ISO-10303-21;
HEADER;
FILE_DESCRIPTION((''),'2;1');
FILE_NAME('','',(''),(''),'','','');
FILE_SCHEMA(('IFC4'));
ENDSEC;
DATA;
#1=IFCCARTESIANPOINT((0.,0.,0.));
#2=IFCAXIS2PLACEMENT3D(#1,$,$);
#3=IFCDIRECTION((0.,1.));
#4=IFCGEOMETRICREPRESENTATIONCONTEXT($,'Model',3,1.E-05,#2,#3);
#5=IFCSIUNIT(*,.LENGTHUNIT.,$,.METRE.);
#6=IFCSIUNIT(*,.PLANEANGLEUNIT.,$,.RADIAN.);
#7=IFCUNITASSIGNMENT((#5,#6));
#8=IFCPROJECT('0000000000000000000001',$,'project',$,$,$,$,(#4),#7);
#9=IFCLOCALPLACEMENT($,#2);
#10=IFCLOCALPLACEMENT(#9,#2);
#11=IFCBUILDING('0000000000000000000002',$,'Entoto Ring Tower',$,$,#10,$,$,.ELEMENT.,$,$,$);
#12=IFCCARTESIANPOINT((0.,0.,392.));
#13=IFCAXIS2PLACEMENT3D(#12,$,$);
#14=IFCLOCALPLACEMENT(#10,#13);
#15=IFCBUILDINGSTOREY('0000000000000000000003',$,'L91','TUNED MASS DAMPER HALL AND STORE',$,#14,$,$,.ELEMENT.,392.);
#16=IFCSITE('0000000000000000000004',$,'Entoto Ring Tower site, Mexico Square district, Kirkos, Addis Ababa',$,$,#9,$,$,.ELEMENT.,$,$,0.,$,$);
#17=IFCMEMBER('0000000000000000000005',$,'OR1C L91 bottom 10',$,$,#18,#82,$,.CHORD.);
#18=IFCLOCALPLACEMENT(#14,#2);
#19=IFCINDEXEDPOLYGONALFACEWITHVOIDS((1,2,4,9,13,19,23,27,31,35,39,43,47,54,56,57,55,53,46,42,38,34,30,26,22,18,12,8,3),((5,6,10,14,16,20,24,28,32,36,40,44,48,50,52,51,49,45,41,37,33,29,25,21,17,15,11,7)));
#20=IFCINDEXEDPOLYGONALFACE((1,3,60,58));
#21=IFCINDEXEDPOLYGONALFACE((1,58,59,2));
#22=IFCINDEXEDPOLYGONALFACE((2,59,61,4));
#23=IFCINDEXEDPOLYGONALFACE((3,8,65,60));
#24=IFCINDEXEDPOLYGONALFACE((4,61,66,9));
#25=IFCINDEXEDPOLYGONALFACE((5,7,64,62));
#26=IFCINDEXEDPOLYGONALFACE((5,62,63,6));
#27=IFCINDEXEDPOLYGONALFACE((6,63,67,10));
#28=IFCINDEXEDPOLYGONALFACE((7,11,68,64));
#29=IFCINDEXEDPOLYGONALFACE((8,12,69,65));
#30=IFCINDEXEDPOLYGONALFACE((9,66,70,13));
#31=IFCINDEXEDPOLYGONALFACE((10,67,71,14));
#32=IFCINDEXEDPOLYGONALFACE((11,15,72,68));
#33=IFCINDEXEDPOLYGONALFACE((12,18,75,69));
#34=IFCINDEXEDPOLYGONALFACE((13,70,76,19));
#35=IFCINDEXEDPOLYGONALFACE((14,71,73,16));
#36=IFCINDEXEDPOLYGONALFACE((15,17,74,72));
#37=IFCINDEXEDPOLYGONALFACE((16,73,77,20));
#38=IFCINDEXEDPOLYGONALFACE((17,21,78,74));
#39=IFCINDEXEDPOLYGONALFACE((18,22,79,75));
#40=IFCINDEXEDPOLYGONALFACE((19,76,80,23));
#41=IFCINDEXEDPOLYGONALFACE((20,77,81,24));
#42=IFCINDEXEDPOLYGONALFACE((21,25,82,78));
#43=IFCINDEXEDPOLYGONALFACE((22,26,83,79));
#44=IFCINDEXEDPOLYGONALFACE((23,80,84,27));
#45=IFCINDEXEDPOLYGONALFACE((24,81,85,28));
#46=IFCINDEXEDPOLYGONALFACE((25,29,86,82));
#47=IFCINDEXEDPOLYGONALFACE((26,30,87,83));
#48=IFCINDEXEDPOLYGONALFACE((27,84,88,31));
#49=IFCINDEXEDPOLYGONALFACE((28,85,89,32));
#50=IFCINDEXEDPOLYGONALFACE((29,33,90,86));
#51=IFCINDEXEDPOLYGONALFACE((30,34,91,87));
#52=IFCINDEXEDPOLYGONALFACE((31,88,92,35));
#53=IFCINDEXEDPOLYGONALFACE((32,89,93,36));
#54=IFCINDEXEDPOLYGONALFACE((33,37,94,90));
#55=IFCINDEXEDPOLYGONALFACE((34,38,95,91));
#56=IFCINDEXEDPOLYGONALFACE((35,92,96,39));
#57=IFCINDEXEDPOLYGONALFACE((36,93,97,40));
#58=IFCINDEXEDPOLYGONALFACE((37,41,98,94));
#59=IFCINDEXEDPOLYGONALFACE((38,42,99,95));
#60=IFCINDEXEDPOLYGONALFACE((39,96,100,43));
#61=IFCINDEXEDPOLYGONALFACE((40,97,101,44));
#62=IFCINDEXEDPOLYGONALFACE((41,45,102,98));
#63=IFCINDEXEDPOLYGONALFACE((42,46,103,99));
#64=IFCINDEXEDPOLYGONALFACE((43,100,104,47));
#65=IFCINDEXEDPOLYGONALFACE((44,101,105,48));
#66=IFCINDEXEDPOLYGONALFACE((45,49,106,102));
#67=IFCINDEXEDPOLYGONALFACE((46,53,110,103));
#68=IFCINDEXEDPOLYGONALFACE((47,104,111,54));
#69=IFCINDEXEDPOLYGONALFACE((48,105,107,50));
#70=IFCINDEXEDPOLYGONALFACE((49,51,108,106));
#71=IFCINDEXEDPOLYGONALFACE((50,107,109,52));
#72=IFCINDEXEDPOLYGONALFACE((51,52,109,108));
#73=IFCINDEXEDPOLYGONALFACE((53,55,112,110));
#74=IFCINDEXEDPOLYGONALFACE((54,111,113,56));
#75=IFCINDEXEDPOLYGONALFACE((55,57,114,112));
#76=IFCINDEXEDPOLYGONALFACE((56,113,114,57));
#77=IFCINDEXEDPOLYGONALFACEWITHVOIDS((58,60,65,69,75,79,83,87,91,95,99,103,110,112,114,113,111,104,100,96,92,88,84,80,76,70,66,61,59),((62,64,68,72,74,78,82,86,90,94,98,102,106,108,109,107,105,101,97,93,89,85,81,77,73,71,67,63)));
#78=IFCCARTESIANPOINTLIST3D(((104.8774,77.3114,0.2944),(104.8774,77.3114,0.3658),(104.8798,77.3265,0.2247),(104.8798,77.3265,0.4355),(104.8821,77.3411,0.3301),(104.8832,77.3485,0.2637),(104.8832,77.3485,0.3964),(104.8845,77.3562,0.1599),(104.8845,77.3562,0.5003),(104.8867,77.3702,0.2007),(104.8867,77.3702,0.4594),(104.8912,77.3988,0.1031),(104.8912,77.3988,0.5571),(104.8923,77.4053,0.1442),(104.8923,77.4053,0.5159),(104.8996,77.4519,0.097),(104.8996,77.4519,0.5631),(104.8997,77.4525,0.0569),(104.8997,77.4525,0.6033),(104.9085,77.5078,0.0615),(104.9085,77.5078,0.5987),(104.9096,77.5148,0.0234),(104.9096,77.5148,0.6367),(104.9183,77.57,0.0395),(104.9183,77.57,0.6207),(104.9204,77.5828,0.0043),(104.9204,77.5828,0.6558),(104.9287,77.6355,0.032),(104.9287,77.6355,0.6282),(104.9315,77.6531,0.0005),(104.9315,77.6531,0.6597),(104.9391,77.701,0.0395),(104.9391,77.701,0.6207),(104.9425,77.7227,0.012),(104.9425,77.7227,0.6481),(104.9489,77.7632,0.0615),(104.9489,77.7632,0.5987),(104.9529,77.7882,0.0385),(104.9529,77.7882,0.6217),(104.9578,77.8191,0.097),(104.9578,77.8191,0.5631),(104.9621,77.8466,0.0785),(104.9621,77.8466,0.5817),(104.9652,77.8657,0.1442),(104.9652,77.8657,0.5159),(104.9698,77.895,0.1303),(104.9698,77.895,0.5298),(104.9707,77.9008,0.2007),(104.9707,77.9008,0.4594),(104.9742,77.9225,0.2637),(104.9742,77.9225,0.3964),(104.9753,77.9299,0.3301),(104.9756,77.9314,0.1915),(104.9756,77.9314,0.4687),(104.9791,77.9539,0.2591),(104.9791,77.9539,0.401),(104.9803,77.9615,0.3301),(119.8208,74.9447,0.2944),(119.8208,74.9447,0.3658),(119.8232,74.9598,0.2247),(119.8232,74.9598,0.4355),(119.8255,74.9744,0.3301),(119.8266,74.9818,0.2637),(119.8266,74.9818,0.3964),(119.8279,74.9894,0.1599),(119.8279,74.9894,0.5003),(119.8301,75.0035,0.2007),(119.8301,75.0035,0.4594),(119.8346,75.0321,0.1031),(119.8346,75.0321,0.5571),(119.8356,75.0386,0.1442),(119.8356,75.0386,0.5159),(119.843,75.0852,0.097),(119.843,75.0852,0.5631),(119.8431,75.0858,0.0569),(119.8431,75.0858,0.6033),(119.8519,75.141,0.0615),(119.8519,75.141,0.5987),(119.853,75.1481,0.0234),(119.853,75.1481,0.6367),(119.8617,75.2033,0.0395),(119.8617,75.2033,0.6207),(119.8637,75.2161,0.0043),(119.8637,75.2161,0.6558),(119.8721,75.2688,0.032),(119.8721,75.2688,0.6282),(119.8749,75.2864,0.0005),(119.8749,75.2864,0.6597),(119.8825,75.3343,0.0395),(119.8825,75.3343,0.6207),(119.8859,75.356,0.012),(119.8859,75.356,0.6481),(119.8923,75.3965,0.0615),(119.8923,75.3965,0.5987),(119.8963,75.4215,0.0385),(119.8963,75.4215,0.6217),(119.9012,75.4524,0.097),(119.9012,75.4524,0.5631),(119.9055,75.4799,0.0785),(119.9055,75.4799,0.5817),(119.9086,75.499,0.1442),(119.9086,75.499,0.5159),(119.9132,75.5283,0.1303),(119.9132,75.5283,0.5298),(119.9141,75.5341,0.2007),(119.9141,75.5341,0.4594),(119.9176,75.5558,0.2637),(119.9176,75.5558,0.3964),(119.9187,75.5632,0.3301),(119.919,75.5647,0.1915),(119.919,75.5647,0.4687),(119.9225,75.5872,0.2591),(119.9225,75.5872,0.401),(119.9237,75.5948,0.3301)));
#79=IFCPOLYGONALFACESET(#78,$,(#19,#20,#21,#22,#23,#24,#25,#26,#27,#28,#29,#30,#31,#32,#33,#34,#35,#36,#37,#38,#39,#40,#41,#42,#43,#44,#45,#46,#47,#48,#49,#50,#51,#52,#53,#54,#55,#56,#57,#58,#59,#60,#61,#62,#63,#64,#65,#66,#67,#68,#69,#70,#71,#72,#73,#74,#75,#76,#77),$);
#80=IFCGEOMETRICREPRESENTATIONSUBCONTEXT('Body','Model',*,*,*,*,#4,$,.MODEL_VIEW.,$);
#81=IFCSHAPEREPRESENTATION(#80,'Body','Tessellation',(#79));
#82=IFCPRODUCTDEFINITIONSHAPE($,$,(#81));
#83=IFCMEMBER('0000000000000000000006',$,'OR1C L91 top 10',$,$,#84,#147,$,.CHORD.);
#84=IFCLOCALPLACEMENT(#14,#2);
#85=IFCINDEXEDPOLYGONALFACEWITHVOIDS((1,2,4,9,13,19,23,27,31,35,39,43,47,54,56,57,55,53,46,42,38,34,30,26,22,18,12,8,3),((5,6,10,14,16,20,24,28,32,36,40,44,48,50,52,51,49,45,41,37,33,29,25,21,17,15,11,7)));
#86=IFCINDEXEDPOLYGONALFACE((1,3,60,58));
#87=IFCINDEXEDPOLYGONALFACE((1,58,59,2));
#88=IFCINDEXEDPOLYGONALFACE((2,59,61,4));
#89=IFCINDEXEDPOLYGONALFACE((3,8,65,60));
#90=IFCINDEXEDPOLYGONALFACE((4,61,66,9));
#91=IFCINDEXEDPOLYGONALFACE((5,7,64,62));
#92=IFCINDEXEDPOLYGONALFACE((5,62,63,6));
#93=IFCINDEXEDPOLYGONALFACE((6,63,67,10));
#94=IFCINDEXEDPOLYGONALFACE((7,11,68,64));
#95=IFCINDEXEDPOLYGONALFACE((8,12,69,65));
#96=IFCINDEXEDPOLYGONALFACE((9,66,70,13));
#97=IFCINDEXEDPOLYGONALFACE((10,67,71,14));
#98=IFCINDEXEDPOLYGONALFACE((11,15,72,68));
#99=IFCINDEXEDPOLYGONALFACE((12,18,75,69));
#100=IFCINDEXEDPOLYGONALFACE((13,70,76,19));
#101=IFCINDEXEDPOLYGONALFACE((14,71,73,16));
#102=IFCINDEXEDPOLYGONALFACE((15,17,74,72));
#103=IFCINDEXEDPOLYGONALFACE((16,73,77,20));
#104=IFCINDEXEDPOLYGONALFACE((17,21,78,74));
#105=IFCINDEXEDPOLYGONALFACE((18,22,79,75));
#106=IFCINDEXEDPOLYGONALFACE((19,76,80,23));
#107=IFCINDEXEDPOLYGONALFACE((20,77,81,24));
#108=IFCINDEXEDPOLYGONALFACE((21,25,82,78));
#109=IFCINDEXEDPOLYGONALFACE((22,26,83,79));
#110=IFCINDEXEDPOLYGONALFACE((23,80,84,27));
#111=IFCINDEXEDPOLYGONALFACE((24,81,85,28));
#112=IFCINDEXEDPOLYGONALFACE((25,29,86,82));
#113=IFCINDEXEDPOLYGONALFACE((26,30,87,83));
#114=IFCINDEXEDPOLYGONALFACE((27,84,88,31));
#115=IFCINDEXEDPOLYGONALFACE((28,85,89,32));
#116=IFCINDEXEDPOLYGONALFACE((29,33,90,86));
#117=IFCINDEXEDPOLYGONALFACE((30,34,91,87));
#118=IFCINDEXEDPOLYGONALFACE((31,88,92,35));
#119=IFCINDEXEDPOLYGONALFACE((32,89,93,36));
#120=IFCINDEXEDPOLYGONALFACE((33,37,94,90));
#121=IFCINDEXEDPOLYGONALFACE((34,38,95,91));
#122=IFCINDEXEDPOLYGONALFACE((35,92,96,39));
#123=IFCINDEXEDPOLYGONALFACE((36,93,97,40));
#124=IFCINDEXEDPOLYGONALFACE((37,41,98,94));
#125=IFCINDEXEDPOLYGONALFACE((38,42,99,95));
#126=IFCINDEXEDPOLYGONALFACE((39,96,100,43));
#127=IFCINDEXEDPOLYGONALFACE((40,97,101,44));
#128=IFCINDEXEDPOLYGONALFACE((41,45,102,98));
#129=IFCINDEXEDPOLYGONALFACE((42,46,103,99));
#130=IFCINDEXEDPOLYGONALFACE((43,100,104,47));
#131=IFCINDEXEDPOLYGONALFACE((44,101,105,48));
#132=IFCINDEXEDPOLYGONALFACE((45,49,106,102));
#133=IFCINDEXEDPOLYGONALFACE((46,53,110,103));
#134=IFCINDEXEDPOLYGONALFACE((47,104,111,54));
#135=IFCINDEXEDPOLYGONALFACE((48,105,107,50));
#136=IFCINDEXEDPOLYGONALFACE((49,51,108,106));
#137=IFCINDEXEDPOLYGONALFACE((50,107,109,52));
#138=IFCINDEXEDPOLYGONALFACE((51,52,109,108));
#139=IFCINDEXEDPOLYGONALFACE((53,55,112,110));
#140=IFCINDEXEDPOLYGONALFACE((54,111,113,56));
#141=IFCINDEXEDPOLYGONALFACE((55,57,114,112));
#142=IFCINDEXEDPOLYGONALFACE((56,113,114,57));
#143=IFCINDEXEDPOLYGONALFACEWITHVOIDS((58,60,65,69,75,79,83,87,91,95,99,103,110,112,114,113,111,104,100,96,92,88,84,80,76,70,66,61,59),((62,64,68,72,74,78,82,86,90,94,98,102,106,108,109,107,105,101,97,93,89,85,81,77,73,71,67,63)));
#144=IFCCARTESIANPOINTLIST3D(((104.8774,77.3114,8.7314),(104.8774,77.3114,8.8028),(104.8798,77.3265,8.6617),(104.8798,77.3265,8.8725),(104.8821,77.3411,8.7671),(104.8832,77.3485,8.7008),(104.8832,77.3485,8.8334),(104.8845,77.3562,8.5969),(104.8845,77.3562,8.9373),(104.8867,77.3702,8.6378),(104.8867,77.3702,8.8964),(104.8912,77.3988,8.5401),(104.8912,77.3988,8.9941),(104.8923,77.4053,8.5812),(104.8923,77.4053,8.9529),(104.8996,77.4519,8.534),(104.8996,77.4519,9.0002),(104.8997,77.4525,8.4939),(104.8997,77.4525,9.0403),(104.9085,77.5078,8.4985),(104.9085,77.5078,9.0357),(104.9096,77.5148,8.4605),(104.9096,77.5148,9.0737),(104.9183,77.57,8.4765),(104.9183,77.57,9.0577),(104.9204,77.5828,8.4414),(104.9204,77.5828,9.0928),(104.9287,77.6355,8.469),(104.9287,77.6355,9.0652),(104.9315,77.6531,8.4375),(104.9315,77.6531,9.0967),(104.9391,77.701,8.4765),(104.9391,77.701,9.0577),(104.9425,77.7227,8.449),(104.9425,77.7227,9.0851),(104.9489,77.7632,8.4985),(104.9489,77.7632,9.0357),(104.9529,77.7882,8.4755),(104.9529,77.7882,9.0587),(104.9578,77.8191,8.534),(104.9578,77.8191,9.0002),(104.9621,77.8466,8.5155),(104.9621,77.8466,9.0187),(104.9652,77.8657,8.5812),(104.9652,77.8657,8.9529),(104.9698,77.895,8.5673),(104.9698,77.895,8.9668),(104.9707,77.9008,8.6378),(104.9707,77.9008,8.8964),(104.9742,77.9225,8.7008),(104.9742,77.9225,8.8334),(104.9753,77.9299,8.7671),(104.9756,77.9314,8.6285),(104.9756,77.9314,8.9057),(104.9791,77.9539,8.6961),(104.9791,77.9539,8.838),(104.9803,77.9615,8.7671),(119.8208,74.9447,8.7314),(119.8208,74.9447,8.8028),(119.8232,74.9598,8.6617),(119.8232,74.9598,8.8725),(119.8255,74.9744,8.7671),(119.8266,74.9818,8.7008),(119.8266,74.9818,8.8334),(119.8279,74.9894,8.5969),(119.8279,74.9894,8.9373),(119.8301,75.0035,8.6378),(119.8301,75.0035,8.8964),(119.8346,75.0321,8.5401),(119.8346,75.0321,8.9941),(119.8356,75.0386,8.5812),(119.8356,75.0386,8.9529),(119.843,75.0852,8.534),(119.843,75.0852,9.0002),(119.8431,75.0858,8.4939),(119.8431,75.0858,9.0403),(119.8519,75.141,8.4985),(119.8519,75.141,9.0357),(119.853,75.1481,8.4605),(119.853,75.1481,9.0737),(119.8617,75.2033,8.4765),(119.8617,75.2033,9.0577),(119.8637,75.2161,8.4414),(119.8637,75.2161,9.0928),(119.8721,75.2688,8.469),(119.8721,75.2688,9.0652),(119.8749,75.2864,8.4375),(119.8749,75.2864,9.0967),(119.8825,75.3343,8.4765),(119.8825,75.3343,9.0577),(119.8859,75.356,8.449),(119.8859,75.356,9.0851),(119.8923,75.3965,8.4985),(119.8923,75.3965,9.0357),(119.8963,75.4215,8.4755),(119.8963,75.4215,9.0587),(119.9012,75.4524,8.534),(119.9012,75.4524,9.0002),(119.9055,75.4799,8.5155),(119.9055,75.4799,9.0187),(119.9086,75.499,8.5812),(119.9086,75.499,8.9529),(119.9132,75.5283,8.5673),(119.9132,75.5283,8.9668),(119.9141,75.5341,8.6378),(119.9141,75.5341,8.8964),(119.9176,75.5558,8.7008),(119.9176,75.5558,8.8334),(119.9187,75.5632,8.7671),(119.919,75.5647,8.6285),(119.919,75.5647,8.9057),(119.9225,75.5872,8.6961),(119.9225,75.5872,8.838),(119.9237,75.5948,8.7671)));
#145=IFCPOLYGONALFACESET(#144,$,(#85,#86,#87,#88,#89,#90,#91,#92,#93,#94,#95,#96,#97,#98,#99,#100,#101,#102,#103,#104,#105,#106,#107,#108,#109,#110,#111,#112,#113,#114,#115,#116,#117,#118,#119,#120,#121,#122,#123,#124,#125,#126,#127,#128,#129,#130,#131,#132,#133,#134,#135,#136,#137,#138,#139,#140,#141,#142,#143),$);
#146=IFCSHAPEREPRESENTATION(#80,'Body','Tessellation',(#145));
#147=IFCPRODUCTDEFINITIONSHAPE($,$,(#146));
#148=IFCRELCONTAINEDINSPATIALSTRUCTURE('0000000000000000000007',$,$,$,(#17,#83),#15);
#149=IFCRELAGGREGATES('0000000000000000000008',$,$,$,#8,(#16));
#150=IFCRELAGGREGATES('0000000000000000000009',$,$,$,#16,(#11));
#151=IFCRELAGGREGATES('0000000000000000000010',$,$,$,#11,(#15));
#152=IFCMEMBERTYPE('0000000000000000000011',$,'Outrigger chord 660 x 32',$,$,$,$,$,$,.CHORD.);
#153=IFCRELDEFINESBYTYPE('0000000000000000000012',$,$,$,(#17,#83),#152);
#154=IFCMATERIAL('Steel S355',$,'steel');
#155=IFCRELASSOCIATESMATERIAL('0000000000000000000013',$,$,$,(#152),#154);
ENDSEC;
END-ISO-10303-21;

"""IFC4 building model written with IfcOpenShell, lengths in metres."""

from ifc_helpers import new_model, si_unit, direction, frame, origin, origin_2d, place, context, subcontext, project, spatial, circle, hollow_circle, extrude, material, material_profile, profile_set, type_object, element, save


model = new_model("IFC4")

# Units and contexts
model_context = context("Model", 3, precision=1e-05, world=origin(), true_north=direction((0.0, 1.0)))
body_context = subcontext(model_context, "Body", "Model", "MODEL_VIEW")
ifc_project = project(units=[si_unit("LENGTHUNIT", "METRE"), si_unit("PLANEANGLEUNIT", "RADIAN")], contexts=[model_context])

# Site, building, storey
site_placement = place(None, origin())
site = spatial("IfcSite", under=ifc_project, at=site_placement, Name="Entoto Ring Tower site, Mexico Square district, Kirkos, Addis Ababa", CompositionType="ELEMENT", RefElevation=0.0)
building_placement = place(site_placement, origin())
building = spatial("IfcBuilding", under=site, at=building_placement, Name="Entoto Ring Tower", CompositionType="ELEMENT")
storey_placement = place(building_placement, frame((0.0, 0.0, 392.0)))
storey = spatial("IfcBuildingStorey", under=building, at=storey_placement, Name="L91", Description="TUNED MASS DAMPER HALL AND STORE", CompositionType="ELEMENT", Elevation=392.0)

# Members
ifc_material_1 = material(Name="Steel S355", Category="steel")
ifc_material_profile_1 = material_profile(ifc_material_1, hollow_circle(Radius=0.3301, WallThickness=0.032, at=origin_2d()), Name="CHS 660 x 32")
ifc_material_2 = material(Name="Concrete C60/75", Category="concrete")
ifc_material_profile_2 = material_profile(ifc_material_2, circle(Radius=0.2981, at=origin_2d()), Name="Concrete C60/75 infill")
ifc_profile_set_1 = profile_set([ifc_material_profile_1, ifc_material_profile_2], Name="Steel S355")
member_type_1 = type_object("IfcMemberType", Name="Outrigger chord 660 x 32", PredefinedType="CHORD", material=ifc_profile_set_1)
for number, where, z_axis, x_axis, name in (
    (1, (104.9287, 77.6355, 0.3301), (0.987689, -0.156428, 0.0), (0.156428, 0.987689, 0.0), "OR1C L91 bottom 10"),
    (2, (104.9287, 77.6355, 8.7671), (0.987689, -0.156428, 0.0), (0.156428, 0.987689, 0.0), "OR1C L91 top 10"),
):
    element("IfcMember", number, at=place(storey_placement, frame(where, z_axis=z_axis, x_axis=x_axis)), inside=storey, type_object=member_type_1, Name=name, PredefinedType="CHORD", context=body_context, shape_type="SweptSolid", body=[
        extrude(hollow_circle(Radius=0.3301, WallThickness=0.032, at=origin_2d()), origin(), (0.0, 0.0, 1.0), 15.1296),
    ])

save(model, "model.ifc")
